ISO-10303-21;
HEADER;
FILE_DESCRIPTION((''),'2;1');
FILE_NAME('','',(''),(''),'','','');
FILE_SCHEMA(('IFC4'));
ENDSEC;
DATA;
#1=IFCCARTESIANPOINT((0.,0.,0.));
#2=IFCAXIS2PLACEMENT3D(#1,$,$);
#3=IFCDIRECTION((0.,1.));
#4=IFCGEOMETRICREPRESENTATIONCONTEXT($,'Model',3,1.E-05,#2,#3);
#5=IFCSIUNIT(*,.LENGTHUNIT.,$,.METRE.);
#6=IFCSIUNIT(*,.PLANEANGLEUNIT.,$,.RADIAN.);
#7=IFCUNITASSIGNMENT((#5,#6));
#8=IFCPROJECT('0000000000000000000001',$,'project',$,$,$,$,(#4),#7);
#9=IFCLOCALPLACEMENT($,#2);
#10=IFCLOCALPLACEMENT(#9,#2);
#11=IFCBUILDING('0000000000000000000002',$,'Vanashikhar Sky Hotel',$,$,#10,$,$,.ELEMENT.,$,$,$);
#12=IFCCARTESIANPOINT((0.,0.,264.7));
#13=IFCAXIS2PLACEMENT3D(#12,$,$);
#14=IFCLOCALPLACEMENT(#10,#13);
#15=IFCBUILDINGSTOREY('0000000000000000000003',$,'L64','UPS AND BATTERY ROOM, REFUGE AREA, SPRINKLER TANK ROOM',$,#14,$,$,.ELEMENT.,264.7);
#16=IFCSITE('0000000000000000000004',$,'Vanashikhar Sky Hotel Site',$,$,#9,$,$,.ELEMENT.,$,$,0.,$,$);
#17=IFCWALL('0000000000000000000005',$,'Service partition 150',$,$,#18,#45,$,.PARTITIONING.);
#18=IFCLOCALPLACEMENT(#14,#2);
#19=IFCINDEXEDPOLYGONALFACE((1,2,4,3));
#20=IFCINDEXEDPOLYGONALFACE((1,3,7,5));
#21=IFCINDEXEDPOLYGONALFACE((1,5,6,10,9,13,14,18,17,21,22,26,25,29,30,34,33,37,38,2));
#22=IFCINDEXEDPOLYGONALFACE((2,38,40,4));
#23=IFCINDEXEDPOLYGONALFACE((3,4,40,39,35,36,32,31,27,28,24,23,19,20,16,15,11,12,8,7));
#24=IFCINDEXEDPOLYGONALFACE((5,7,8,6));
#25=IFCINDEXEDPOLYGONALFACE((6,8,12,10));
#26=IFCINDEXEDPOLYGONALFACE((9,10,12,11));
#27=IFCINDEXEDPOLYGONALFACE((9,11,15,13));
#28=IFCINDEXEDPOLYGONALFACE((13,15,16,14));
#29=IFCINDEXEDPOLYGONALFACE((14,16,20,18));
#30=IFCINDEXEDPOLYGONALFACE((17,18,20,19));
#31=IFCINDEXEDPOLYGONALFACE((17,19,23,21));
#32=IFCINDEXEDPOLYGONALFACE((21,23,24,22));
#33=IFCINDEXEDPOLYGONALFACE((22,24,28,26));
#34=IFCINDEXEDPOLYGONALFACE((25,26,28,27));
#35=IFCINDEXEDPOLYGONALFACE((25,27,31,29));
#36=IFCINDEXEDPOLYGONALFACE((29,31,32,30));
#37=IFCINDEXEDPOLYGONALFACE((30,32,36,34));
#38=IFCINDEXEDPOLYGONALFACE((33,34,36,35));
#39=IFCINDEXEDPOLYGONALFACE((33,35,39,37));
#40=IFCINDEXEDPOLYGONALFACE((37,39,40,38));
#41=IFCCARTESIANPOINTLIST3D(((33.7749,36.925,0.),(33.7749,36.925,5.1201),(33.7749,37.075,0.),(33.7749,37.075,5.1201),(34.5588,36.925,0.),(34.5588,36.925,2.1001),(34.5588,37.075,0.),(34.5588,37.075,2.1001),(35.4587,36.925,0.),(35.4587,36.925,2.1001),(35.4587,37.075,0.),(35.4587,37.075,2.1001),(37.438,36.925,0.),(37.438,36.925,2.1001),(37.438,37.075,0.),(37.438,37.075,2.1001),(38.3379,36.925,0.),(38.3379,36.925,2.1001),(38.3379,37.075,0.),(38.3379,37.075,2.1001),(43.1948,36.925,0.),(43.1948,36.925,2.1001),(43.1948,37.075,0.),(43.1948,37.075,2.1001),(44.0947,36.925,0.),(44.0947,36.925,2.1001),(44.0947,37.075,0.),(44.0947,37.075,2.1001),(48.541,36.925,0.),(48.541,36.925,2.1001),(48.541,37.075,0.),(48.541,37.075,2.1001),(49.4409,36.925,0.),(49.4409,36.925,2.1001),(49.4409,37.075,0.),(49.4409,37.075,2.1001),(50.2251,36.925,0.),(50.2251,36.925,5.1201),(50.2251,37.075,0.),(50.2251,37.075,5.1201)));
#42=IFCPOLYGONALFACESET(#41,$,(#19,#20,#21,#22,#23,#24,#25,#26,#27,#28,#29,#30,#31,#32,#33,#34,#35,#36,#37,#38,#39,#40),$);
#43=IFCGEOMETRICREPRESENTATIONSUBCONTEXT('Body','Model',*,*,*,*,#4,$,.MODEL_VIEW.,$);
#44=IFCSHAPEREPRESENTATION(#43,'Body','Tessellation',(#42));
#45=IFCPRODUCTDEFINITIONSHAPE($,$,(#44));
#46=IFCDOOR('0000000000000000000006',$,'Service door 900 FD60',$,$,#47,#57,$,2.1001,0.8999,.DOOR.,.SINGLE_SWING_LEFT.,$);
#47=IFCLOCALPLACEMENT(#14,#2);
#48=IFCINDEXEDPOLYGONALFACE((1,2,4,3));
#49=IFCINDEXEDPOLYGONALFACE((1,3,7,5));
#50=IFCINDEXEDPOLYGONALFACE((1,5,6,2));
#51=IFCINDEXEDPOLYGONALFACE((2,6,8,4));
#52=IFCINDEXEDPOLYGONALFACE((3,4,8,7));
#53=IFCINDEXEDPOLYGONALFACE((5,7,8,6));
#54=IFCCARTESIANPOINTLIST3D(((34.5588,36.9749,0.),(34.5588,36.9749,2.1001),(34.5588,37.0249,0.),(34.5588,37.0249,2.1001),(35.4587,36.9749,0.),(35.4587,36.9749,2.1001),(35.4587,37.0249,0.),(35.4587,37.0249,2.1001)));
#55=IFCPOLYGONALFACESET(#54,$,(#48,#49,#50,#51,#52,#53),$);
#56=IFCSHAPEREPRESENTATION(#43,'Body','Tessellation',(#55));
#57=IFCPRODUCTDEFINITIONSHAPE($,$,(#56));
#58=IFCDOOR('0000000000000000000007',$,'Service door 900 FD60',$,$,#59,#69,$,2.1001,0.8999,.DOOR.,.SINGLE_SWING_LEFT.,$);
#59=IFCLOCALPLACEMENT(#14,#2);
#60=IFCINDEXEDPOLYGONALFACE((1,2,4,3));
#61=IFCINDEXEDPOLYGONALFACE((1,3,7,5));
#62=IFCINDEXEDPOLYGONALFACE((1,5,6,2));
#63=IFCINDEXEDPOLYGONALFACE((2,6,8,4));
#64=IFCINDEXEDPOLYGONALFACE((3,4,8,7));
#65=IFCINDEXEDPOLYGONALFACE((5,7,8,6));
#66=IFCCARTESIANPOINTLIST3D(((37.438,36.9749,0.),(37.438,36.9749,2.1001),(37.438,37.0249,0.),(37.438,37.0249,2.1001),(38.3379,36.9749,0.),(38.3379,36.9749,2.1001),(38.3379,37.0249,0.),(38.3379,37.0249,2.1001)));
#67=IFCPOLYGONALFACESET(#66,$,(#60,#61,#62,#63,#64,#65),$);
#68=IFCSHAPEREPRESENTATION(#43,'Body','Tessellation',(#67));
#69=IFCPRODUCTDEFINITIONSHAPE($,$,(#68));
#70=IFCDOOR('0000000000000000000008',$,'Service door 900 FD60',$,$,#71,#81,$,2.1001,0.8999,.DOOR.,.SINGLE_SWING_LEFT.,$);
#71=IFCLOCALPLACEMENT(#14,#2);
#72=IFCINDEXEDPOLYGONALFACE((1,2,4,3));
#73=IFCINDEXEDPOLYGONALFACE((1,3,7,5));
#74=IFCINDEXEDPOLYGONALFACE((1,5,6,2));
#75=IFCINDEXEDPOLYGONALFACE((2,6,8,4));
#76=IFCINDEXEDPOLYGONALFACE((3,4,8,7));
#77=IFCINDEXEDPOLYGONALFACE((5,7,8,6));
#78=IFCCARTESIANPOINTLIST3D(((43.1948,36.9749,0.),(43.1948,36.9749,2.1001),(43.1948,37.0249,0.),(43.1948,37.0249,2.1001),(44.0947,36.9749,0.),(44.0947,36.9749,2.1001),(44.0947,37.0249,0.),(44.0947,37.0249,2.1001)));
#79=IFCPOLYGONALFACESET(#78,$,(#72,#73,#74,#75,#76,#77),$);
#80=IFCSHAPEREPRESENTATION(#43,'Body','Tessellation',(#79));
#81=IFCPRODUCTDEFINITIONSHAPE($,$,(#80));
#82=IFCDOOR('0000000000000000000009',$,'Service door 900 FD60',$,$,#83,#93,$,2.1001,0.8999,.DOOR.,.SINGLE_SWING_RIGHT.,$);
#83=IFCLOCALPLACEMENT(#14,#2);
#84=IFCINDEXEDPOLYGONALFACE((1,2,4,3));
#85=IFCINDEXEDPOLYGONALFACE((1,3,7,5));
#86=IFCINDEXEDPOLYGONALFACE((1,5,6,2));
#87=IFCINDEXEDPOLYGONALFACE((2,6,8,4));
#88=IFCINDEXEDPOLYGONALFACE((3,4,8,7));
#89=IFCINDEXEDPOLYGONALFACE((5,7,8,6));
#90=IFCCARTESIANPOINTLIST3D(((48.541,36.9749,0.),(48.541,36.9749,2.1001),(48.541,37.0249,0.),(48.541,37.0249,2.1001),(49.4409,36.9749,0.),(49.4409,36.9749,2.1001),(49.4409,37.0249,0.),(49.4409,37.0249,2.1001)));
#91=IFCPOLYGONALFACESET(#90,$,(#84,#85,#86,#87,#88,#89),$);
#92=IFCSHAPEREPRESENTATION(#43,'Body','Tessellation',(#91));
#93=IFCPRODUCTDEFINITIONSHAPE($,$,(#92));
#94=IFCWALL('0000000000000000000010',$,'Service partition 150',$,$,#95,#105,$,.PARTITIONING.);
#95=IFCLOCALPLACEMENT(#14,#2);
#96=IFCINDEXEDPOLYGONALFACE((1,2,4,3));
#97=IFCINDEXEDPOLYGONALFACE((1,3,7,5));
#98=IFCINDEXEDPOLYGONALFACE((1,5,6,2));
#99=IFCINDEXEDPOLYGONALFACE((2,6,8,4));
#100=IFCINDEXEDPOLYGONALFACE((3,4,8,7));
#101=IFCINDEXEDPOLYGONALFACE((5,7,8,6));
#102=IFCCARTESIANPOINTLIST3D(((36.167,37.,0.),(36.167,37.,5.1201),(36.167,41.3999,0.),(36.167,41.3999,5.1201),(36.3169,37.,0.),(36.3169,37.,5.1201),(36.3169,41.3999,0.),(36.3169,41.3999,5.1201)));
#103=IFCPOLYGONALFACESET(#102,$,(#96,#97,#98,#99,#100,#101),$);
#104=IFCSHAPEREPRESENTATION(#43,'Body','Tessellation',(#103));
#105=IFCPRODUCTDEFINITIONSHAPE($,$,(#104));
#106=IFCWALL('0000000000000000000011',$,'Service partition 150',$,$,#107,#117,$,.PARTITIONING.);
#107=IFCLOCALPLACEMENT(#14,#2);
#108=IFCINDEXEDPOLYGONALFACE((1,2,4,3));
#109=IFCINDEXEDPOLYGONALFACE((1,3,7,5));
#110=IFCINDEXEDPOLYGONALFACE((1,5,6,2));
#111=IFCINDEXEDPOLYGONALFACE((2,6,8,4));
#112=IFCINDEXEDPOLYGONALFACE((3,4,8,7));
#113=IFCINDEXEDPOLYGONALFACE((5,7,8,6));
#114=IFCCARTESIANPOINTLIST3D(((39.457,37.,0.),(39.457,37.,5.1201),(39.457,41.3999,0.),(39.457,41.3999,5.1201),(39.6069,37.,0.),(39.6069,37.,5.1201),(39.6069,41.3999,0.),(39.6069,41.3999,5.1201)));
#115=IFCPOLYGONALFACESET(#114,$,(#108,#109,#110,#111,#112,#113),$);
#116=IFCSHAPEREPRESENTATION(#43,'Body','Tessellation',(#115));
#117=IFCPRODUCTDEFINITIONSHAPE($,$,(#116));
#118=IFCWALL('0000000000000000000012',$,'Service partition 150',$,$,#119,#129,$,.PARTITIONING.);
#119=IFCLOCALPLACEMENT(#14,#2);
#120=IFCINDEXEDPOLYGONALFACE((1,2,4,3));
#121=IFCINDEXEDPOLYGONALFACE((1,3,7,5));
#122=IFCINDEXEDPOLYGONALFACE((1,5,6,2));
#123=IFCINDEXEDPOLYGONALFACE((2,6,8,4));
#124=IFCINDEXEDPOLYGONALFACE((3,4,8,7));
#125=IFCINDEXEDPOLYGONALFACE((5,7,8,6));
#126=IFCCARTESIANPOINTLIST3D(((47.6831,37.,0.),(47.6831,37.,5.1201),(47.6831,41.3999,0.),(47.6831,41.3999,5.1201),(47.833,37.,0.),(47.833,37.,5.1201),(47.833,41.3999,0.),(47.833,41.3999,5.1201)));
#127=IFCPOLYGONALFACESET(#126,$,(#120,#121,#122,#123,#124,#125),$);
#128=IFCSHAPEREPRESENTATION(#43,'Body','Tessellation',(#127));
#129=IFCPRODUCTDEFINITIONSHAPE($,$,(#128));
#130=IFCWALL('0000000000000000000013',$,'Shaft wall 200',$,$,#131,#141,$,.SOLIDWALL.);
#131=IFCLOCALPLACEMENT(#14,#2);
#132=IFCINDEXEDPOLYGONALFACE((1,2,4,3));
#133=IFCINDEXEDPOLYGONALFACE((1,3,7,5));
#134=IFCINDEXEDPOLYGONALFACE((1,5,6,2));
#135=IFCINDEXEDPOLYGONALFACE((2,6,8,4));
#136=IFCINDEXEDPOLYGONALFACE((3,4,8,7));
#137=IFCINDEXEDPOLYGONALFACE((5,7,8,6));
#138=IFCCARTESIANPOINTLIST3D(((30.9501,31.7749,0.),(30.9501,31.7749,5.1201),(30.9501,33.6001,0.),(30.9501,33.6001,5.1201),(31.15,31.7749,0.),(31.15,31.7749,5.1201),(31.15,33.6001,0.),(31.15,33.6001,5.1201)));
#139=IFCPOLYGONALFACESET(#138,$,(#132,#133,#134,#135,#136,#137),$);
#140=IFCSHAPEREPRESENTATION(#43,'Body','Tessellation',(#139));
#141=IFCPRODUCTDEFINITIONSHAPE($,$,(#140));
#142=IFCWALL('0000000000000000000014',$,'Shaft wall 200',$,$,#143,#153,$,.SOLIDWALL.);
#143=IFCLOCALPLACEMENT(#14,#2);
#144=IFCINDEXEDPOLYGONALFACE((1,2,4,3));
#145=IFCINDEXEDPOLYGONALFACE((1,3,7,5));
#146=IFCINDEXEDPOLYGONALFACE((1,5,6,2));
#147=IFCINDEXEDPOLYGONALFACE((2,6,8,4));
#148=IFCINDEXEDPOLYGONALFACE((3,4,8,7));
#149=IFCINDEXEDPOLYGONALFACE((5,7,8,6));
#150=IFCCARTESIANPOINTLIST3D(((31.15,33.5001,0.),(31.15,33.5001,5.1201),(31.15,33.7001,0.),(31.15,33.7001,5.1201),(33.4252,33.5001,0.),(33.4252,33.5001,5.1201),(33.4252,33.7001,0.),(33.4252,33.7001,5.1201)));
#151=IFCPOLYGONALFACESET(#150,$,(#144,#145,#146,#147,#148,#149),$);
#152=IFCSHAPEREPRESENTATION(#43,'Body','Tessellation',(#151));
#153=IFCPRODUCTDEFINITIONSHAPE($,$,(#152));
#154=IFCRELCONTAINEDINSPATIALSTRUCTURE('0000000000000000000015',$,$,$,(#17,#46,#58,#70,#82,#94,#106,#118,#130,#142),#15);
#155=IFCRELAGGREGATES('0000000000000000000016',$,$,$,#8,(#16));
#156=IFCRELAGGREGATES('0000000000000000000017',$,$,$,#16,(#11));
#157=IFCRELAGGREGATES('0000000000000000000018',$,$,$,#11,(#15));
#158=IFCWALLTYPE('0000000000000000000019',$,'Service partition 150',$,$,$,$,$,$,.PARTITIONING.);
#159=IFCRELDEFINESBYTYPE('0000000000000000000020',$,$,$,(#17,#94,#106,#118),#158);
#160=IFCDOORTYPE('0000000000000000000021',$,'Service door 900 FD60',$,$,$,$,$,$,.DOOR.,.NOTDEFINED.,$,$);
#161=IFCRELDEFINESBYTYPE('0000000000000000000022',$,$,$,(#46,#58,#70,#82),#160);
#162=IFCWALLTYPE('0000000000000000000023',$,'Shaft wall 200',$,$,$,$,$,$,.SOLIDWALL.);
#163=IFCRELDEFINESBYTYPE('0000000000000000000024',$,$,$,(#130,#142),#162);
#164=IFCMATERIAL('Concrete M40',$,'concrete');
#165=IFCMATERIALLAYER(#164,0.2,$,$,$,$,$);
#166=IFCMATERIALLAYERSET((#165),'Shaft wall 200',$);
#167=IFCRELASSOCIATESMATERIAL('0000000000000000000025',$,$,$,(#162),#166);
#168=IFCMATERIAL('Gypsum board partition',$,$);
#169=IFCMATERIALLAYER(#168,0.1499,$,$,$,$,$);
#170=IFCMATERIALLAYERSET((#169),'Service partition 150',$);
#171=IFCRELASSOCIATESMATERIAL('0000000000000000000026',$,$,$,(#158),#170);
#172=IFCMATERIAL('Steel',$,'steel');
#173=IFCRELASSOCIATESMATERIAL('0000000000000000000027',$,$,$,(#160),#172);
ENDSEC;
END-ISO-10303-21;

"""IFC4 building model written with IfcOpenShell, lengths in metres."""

from ifc_helpers import new_model, si_unit, direction, frame, frame_2d, origin, place, context, subcontext, project, spatial, rectangle, extrude, source, transform, mapped, material, layer, layer_set, type_object, element, fill, save


model = new_model("IFC4")

# Units and contexts
model_context = context("Model", 3, precision=1e-05, world=origin(), true_north=direction((0.0, 1.0)))
body_context = subcontext(model_context, "Body", "Model", "MODEL_VIEW")
ifc_project = project(units=[si_unit("LENGTHUNIT", "METRE"), si_unit("PLANEANGLEUNIT", "RADIAN")], contexts=[model_context])

# Site, building, storey
site_placement = place(None, origin())
site = spatial("IfcSite", under=ifc_project, at=site_placement, Name="Vanashikhar Sky Hotel Site", CompositionType="ELEMENT", RefElevation=0.0)
building_placement = place(site_placement, origin())
building = spatial("IfcBuilding", under=site, at=building_placement, Name="Vanashikhar Sky Hotel", CompositionType="ELEMENT")
storey_placement = place(building_placement, frame((0.0, 0.0, 264.7)))
storey = spatial("IfcBuildingStorey", under=building, at=storey_placement, Name="L64", Description="UPS AND BATTERY ROOM, REFUGE AREA, SPRINKLER TANK ROOM", CompositionType="ELEMENT", Elevation=264.7)

# Shared definitions
ifc_material_1 = material(Name="Steel", Category="steel")

# Shared definitions
ifc_material_2 = material(Name="Concrete M40", Category="concrete")
ifc_layer_1 = layer(ifc_material_2, 0.2)
ifc_layer_set_1 = layer_set([ifc_layer_1], Name="Shaft wall 200")
wall_type_1 = type_object("IfcWallType", Name="Shaft wall 200", PredefinedType="SOLIDWALL", material=ifc_layer_set_1)
ifc_material_3 = material(Name="Gypsum board partition")
ifc_layer_2 = layer(ifc_material_3, 0.1499)
ifc_layer_set_2 = layer_set([ifc_layer_2], Name="Service partition 150")
wall_type_2 = type_object("IfcWallType", Name="Service partition 150", PredefinedType="PARTITIONING", material=ifc_layer_set_2)

# Shared definitions
shared_shape_1 = source(origin(), body_context, "Body", "SweptSolid", [
    extrude(rectangle(XDim=0.8999, YDim=2.1001, at=frame_2d((0.45, 1.05))), frame((0.0, 0.085, 0.0), z_axis=(0.0, -1.0, 0.0), x_axis=(1.0, 0.0, 0.0)), (0.0, 0.0, 1.0), 0.1699),
])
door_type_1 = type_object("IfcDoorType", Name="Service door 900 FD60", OperationType="NOTDEFINED", PredefinedType="DOOR", material=ifc_material_1)
shared_shape_2 = source(origin(), body_context, "Body", "SweptSolid", [
    extrude(rectangle(XDim=0.8999, YDim=2.1001, at=frame_2d((0.45, 1.05))), frame((0.0, 0.0249, 0.0), z_axis=(0.0, -1.0, 0.0), x_axis=(1.0, 0.0, 0.0)), (0.0, 0.0, 1.0), 0.05),
])

# Wall, openings, doors
shared_shape_3 = source(origin(), body_context, "Body", "SweptSolid", [
    extrude(rectangle(XDim=16.4502, YDim=0.1499, at=frame_2d((8.2251, 0.0))), origin(), (0.0, 0.0, 1.0), 5.1201),
])
wall_1_placement = place(storey_placement, frame((33.7749, 37.0, 0.0), z_axis=(0.0, 0.0, 1.0), x_axis=(1.0, 0.0, 0.0)))
wall_1 = element("IfcWall", 1, at=wall_1_placement, inside=storey, type_object=wall_type_2, Name="Service partition 150", PredefinedType="PARTITIONING", context=body_context, shape_type="MappedRepresentation", body=[
    mapped(shared_shape_3, transform((0.0, 0.0, 0.0), scale=1.0)),
])
opening_1_placement = place(wall_1_placement, frame((0.7839, 0.0, 0.0)))
opening_1 = element("IfcOpeningElement", 2, at=opening_1_placement, cuts=wall_1, PredefinedType="OPENING", context=body_context, shape_type="MappedRepresentation", body=[
    mapped(shared_shape_1, transform((0.0, 0.0, 0.0), scale=1.0)),
])
opening_2_placement = place(wall_1_placement, frame((3.6631, 0.0, 0.0)))
opening_2 = element("IfcOpeningElement", 3, at=opening_2_placement, cuts=wall_1, PredefinedType="OPENING", context=body_context, shape_type="MappedRepresentation", body=[
    mapped(shared_shape_1, transform((0.0, 0.0, 0.0), scale=1.0)),
])
opening_3_placement = place(wall_1_placement, frame((9.4199, 0.0, 0.0)))
opening_3 = element("IfcOpeningElement", 4, at=opening_3_placement, cuts=wall_1, PredefinedType="OPENING", context=body_context, shape_type="MappedRepresentation", body=[
    mapped(shared_shape_1, transform((0.0, 0.0, 0.0), scale=1.0)),
])
opening_4_placement = place(wall_1_placement, frame((14.7661, 0.0, 0.0)))
opening_4 = element("IfcOpeningElement", 5, at=opening_4_placement, cuts=wall_1, PredefinedType="OPENING", context=body_context, shape_type="MappedRepresentation", body=[
    mapped(shared_shape_1, transform((0.0, 0.0, 0.0), scale=1.0)),
])
door_1_placement = place(opening_1_placement, origin())
door_1 = element("IfcDoor", 6, at=door_1_placement, inside=storey, type_object=door_type_1, Name="Service door 900 FD60", OperationType="SINGLE_SWING_LEFT", OverallHeight=2.1001, OverallWidth=0.8999, PredefinedType="DOOR", context=body_context, shape_type="MappedRepresentation", body=[
    mapped(shared_shape_2, transform((0.0, 0.0, 0.0), scale=1.0)),
])
fill(opening_1, door_1)
door_2_placement = place(opening_2_placement, origin())
door_2 = element("IfcDoor", 7, at=door_2_placement, inside=storey, type_object=door_type_1, Name="Service door 900 FD60", OperationType="SINGLE_SWING_LEFT", OverallHeight=2.1001, OverallWidth=0.8999, PredefinedType="DOOR", context=body_context, shape_type="MappedRepresentation", body=[
    mapped(shared_shape_2, transform((0.0, 0.0, 0.0), scale=1.0)),
])
fill(opening_2, door_2)
door_3_placement = place(opening_3_placement, origin())
door_3 = element("IfcDoor", 8, at=door_3_placement, inside=storey, type_object=door_type_1, Name="Service door 900 FD60", OperationType="SINGLE_SWING_LEFT", OverallHeight=2.1001, OverallWidth=0.8999, PredefinedType="DOOR", context=body_context, shape_type="MappedRepresentation", body=[
    mapped(shared_shape_2, transform((0.0, 0.0, 0.0), scale=1.0)),
])
fill(opening_3, door_3)
door_4_placement = place(opening_4_placement, origin())
door_4 = element("IfcDoor", 9, at=door_4_placement, inside=storey, type_object=door_type_1, Name="Service door 900 FD60", OperationType="SINGLE_SWING_RIGHT", OverallHeight=2.1001, OverallWidth=0.8999, PredefinedType="DOOR", context=body_context, shape_type="MappedRepresentation", body=[
    mapped(shared_shape_2, transform((0.0, 0.0, 0.0), scale=1.0)),
])
fill(opening_4, door_4)

# Walls
shared_shape_4 = source(origin(), body_context, "Body", "SweptSolid", [
    extrude(rectangle(XDim=4.3999, YDim=0.1499, at=frame_2d((2.2, 0.0))), origin(), (0.0, 0.0, 1.0), 5.1201),
])
for number, where, z_axis, x_axis, name in (
    (10, (36.2419, 37.0, 0.0), (0.0, 0.0, 1.0), (0.0, 1.0, 0.0), "Service partition 150"),
    (11, (39.532, 37.0, 0.0), (0.0, 0.0, 1.0), (0.0, 1.0, 0.0), "Service partition 150"),
    (12, (47.7581, 37.0, 0.0), (0.0, 0.0, 1.0), (0.0, 1.0, 0.0), "Service partition 150"),
):
    element("IfcWall", number, at=place(storey_placement, frame(where, z_axis=z_axis, x_axis=x_axis)), inside=storey, type_object=wall_type_2, Name=name, PredefinedType="PARTITIONING", context=body_context, shape_type="MappedRepresentation", body=[
        mapped(shared_shape_4, transform((0.0, 0.0, 0.0), scale=1.0)),
    ])
shared_shape_5 = source(origin(), body_context, "Body", "SweptSolid", [
    extrude(rectangle(XDim=1.8252, YDim=0.2, at=frame_2d((0.9126, 0.0))), origin(), (0.0, 0.0, 1.0), 5.1201),
])
wall_2_placement = place(storey_placement, frame((31.05, 31.7749, 0.0), z_axis=(0.0, 0.0, 1.0), x_axis=(0.0, 1.0, 0.0)))
element("IfcWall", 13, at=wall_2_placement, inside=storey, type_object=wall_type_1, Name="Shaft wall 200", PredefinedType="SOLIDWALL", context=body_context, shape_type="MappedRepresentation", body=[
    mapped(shared_shape_5, transform((0.0, 0.0, 0.0), scale=1.0)),
])
shared_shape_6 = source(origin(), body_context, "Body", "SweptSolid", [
    extrude(rectangle(XDim=2.2751, YDim=0.2, at=frame_2d((1.1377, 0.0))), origin(), (0.0, 0.0, 1.0), 5.1201),
])
wall_3_placement = place(storey_placement, frame((31.1499, 33.6001, 0.0), z_axis=(0.0, 0.0, 1.0), x_axis=(1.0, 0.0, 0.0)))
element("IfcWall", 14, at=wall_3_placement, inside=storey, type_object=wall_type_1, Name="Shaft wall 200", PredefinedType="SOLIDWALL", context=body_context, shape_type="MappedRepresentation", body=[
    mapped(shared_shape_6, transform((0.0, 0.0, 0.0), scale=1.0)),
])

save(model, "model.ifc")
